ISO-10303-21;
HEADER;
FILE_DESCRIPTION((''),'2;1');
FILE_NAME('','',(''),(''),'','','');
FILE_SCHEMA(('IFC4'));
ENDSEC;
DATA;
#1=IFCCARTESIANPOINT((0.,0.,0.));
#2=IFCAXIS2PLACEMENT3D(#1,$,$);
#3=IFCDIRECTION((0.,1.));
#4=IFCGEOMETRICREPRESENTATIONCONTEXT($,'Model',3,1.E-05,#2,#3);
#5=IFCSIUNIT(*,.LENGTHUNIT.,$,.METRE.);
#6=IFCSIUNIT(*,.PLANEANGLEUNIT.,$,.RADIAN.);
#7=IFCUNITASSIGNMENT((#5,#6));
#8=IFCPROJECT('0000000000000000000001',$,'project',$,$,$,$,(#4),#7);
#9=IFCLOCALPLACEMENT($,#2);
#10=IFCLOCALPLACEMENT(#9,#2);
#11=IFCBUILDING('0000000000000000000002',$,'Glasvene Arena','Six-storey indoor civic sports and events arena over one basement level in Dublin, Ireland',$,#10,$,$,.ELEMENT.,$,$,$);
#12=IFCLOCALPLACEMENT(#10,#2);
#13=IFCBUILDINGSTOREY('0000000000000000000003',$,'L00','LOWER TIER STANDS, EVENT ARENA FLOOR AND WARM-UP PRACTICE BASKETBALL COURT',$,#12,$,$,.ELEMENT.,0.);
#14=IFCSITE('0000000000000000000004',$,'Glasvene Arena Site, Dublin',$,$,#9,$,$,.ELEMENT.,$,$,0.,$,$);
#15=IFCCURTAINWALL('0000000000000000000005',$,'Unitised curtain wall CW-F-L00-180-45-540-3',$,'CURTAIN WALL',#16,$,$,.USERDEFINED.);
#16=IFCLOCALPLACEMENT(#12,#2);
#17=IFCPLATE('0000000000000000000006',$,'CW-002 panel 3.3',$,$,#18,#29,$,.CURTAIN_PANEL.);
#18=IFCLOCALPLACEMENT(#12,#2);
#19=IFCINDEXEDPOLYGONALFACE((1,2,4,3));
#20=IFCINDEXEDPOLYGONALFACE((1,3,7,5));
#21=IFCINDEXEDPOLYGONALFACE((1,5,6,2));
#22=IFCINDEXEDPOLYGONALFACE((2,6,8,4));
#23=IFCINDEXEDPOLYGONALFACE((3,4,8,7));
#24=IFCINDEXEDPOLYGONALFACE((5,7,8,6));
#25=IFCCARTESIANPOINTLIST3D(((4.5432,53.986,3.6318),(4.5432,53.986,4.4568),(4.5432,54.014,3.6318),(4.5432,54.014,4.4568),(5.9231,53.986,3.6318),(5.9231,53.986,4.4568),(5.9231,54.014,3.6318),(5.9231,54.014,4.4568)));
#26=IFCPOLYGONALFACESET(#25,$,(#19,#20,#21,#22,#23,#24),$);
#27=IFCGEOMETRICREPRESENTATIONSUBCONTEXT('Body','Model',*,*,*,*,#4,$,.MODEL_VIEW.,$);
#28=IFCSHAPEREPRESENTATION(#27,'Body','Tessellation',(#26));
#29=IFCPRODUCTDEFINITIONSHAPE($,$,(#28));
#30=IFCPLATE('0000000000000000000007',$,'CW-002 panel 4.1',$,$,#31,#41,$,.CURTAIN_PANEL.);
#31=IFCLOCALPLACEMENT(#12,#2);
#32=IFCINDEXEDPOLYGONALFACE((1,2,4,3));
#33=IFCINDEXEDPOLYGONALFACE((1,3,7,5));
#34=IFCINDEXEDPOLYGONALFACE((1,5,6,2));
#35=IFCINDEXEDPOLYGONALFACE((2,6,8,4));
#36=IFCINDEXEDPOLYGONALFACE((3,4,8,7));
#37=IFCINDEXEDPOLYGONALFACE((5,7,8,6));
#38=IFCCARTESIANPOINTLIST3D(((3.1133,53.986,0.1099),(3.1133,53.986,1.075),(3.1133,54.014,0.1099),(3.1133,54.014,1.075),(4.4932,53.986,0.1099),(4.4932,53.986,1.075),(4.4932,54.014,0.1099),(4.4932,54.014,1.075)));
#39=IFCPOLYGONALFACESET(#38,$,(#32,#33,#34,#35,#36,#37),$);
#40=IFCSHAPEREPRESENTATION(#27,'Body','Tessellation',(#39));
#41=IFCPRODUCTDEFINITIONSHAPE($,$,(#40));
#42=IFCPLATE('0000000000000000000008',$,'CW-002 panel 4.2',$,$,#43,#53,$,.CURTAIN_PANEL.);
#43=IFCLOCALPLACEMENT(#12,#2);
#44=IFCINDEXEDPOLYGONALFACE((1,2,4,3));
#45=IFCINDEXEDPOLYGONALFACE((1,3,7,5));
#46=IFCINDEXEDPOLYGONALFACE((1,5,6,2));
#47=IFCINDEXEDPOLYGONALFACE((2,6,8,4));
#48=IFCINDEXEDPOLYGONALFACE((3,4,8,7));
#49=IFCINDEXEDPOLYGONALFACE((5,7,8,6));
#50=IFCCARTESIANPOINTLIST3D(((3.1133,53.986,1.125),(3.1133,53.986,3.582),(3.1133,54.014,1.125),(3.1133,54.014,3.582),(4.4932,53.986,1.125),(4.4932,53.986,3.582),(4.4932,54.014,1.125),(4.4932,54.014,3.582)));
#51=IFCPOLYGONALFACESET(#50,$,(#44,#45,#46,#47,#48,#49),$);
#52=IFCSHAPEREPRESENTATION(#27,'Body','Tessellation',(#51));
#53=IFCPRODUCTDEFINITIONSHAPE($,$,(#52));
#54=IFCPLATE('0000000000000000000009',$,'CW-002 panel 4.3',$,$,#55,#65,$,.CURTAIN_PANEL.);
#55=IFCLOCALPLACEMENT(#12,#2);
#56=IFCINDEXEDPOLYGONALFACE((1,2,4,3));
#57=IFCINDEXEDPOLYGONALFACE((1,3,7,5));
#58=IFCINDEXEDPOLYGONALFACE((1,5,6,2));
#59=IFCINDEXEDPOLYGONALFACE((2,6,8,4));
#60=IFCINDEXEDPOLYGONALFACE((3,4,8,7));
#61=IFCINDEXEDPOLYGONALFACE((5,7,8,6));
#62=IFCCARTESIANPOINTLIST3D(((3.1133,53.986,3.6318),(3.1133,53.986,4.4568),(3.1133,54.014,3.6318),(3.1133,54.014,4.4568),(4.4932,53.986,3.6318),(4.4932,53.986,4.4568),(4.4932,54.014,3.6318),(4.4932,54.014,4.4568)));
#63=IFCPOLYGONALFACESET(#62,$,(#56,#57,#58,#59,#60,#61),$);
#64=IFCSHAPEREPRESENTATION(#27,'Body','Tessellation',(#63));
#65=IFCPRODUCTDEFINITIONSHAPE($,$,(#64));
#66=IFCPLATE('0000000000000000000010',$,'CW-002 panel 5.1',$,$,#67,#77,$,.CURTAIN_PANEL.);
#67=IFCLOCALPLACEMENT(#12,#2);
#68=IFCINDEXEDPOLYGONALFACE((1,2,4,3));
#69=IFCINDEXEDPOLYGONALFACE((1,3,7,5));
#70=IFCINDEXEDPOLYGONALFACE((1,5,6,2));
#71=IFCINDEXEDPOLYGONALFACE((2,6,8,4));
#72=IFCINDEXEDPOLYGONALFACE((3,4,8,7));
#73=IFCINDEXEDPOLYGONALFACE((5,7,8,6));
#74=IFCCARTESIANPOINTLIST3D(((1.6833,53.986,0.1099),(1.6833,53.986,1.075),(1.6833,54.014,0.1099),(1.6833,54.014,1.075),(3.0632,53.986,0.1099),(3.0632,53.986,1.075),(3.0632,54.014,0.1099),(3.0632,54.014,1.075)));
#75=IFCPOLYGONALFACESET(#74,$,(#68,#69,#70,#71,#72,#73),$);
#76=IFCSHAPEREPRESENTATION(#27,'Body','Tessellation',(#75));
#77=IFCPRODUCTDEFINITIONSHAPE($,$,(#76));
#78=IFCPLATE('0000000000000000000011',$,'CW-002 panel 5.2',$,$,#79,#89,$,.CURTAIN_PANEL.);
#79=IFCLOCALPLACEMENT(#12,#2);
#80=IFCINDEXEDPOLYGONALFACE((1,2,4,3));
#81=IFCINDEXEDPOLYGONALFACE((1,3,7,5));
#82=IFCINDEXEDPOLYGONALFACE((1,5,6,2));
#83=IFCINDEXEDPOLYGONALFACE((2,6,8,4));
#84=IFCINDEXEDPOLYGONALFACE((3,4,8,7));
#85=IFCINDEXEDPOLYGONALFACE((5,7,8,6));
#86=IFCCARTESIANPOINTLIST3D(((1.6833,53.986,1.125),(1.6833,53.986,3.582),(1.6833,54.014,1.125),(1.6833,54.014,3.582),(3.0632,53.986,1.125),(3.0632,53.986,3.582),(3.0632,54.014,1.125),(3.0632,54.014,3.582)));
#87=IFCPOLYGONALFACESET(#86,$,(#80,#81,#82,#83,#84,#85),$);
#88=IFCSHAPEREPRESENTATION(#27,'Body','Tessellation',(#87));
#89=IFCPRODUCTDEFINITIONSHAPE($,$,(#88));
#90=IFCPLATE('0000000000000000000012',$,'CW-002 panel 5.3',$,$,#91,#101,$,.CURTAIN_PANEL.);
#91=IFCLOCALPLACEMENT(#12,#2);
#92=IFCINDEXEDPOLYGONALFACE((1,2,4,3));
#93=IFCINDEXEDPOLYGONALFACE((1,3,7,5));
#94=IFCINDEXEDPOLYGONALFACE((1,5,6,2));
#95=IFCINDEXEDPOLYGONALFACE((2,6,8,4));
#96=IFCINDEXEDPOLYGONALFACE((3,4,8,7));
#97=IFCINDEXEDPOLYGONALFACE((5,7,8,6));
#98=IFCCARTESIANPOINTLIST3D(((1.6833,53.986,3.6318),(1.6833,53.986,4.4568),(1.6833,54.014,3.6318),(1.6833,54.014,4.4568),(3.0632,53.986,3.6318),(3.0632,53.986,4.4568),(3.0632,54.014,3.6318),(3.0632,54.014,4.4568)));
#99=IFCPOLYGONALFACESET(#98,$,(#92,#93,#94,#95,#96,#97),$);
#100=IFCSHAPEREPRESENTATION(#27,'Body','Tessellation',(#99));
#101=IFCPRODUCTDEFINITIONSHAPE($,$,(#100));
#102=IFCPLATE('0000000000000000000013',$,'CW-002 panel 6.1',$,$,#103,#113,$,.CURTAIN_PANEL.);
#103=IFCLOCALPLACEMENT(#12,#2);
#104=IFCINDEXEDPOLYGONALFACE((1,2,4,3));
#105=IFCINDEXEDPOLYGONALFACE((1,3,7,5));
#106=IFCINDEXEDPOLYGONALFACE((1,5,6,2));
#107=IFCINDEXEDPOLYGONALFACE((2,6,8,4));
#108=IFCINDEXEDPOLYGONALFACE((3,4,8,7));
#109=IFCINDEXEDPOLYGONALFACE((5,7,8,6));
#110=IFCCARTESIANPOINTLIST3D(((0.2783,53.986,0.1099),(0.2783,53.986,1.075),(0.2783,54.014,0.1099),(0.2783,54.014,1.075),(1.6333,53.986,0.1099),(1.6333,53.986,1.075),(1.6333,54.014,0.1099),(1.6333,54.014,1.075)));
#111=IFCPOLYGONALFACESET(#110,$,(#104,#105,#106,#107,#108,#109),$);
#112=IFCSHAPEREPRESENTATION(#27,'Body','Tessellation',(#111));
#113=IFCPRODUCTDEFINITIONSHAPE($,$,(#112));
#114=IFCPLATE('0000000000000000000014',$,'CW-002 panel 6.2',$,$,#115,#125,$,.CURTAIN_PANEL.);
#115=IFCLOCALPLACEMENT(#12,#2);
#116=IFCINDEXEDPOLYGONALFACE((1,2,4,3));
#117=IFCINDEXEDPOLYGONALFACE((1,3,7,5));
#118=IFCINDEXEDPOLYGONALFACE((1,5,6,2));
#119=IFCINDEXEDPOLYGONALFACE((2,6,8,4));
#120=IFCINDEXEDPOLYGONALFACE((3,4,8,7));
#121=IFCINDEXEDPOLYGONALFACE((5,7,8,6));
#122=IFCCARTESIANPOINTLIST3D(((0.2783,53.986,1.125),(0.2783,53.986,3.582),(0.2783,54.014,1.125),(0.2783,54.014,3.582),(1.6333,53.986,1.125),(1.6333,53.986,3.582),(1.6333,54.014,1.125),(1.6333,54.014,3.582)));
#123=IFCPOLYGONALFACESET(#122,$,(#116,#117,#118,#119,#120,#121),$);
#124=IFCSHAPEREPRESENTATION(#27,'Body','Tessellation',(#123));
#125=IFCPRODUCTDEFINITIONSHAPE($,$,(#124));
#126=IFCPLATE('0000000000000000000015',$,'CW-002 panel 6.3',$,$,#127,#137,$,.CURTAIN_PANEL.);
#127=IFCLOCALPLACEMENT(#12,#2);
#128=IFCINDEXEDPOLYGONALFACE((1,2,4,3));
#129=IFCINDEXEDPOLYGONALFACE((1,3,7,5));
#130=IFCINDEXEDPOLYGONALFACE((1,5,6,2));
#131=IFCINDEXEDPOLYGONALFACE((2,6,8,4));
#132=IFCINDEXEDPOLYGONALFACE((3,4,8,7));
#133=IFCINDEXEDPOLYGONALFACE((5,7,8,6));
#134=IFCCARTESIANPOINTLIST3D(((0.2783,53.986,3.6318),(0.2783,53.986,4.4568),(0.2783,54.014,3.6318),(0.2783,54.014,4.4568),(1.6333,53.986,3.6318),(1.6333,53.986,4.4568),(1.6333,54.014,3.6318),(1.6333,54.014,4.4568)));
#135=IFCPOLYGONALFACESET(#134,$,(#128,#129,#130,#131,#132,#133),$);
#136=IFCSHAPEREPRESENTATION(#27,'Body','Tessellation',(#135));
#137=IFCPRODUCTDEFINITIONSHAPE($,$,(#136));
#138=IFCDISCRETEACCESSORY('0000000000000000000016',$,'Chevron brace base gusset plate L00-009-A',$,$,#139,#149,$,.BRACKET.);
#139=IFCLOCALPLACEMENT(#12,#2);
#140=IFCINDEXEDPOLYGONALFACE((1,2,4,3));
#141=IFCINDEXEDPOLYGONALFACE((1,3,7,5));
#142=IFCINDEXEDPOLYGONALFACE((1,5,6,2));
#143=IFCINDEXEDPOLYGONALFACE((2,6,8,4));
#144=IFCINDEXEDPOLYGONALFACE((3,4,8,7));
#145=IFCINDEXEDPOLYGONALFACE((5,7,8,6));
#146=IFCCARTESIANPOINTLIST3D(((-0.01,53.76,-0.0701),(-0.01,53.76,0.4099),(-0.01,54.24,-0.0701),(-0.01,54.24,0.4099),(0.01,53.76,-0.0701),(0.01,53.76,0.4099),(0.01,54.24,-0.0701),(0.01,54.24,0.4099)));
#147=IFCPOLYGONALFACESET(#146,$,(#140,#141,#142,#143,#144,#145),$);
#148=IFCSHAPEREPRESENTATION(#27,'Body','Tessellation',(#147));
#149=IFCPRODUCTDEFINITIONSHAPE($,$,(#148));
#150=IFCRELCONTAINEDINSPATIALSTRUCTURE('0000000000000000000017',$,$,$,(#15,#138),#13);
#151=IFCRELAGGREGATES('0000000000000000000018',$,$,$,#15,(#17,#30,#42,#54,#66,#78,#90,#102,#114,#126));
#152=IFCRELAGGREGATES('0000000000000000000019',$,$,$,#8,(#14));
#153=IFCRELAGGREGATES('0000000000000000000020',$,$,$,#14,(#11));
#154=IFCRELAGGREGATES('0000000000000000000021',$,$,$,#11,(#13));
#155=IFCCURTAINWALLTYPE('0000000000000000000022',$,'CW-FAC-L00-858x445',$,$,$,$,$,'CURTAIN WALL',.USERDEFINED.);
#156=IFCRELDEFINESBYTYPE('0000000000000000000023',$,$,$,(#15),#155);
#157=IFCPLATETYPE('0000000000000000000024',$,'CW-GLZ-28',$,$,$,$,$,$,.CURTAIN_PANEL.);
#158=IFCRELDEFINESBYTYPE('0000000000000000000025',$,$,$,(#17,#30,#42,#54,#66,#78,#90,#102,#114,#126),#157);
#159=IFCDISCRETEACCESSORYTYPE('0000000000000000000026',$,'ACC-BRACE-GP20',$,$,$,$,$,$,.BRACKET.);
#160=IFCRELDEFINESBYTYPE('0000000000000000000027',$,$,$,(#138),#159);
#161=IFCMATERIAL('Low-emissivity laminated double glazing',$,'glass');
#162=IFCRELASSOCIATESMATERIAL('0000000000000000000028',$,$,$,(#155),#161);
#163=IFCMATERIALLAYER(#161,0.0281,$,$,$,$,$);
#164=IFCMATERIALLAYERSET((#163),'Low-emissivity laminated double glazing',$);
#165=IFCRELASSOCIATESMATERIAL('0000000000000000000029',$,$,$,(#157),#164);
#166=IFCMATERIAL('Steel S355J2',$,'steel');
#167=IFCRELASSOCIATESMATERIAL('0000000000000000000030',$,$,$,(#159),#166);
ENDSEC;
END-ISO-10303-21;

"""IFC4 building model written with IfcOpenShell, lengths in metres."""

from ifc_helpers import new_model, si_unit, direction, frame, origin, origin_2d, place, context, subcontext, project, spatial, rectangle, extrude, material, layer, layer_set, type_object, element, aggregate, save


model = new_model("IFC4")

# Units and contexts
model_context = context("Model", 3, precision=1e-05, world=origin(), true_north=direction((0.0, 1.0)))
body_context = subcontext(model_context, "Body", "Model", "MODEL_VIEW")
ifc_project = project(units=[si_unit("LENGTHUNIT", "METRE"), si_unit("PLANEANGLEUNIT", "RADIAN")], contexts=[model_context])

# Site, building, storey
site_placement = place(None, origin())
site = spatial("IfcSite", under=ifc_project, at=site_placement, Name="Glasvene Arena Site, Dublin", CompositionType="ELEMENT", RefElevation=0.0)
building_placement = place(site_placement, origin())
building = spatial("IfcBuilding", under=site, at=building_placement, Name="Glasvene Arena", Description="Six-storey indoor civic sports and events arena over one basement level in Dublin, Ireland", CompositionType="ELEMENT")
storey_placement = place(building_placement, origin())
storey = spatial("IfcBuildingStorey", under=building, at=storey_placement, Name="L00", Description="LOWER TIER STANDS, EVENT ARENA FLOOR AND WARM-UP PRACTICE BASKETBALL COURT", CompositionType="ELEMENT", Elevation=0.0)

# Shared definitions
ifc_material_1 = material(Name="Steel S355J2", Category="steel")

# Curtain wall
ifc_material_2 = material(Name="Low-emissivity laminated double glazing", Category="glass")
curtain_wall_type = type_object("IfcCurtainWallType", Name="CW-FAC-L00-858x445", ElementType="CURTAIN WALL", PredefinedType="USERDEFINED", material=ifc_material_2)
curtain_wall_placement = place(storey_placement, frame((8.8081, 54.0, 0.0)))
curtain_wall = element("IfcCurtainWall", 1, at=curtain_wall_placement, inside=storey, type_object=curtain_wall_type, Name="Unitised curtain wall CW-F-L00-180-45-540-3", ObjectType="CURTAIN WALL", PredefinedType="USERDEFINED")

# Plates
ifc_layer = layer(ifc_material_2, 0.0281)
ifc_layer_set = layer_set([ifc_layer], Name="Low-emissivity laminated double glazing")
plate_type = type_object("IfcPlateType", Name="CW-GLZ-28", PredefinedType="CURTAIN_PANEL", material=ifc_layer_set)
plate_1_placement = place(storey_placement, frame((5.2332, 54.0, 3.6318), z_axis=(0.0, 0.0, 1.0), x_axis=(-1.0, 0.0, 0.0)))
plate_1 = element("IfcPlate", 2, at=plate_1_placement, type_object=plate_type, Name="CW-002 panel 3.3", PredefinedType="CURTAIN_PANEL", context=body_context, shape_type="SweptSolid", body=[
    extrude(rectangle(XDim=1.3799, YDim=0.0281, at=origin_2d()), origin(), (0.0, 0.0, 1.0), 0.825),
])
plate_2_placement = place(storey_placement, frame((3.8032, 54.0, 0.1099), z_axis=(0.0, 0.0, 1.0), x_axis=(-1.0, 0.0, 0.0)))
plate_2 = element("IfcPlate", 3, at=plate_2_placement, type_object=plate_type, Name="CW-002 panel 4.1", PredefinedType="CURTAIN_PANEL", context=body_context, shape_type="SweptSolid", body=[
    extrude(rectangle(XDim=1.3799, YDim=0.0281, at=origin_2d()), origin(), (0.0, 0.0, 1.0), 0.9651),
])
plate_3_placement = place(storey_placement, frame((3.8032, 54.0, 1.125), z_axis=(0.0, 0.0, 1.0), x_axis=(-1.0, 0.0, 0.0)))
plate_3 = element("IfcPlate", 4, at=plate_3_placement, type_object=plate_type, Name="CW-002 panel 4.2", PredefinedType="CURTAIN_PANEL", context=body_context, shape_type="SweptSolid", body=[
    extrude(rectangle(XDim=1.3799, YDim=0.0281, at=origin_2d()), origin(), (0.0, 0.0, 1.0), 2.457),
])
plate_4_placement = place(storey_placement, frame((3.8032, 54.0, 3.6318), z_axis=(0.0, 0.0, 1.0), x_axis=(-1.0, 0.0, 0.0)))
plate_4 = element("IfcPlate", 5, at=plate_4_placement, type_object=plate_type, Name="CW-002 panel 4.3", PredefinedType="CURTAIN_PANEL", context=body_context, shape_type="SweptSolid", body=[
    extrude(rectangle(XDim=1.3799, YDim=0.0281, at=origin_2d()), origin(), (0.0, 0.0, 1.0), 0.825),
])
plate_5_placement = place(storey_placement, frame((2.3733, 54.0, 0.1099), z_axis=(0.0, 0.0, 1.0), x_axis=(-1.0, 0.0, 0.0)))
plate_5 = element("IfcPlate", 6, at=plate_5_placement, type_object=plate_type, Name="CW-002 panel 5.1", PredefinedType="CURTAIN_PANEL", context=body_context, shape_type="SweptSolid", body=[
    extrude(rectangle(XDim=1.3799, YDim=0.0281, at=origin_2d()), origin(), (0.0, 0.0, 1.0), 0.9651),
])
plate_6_placement = place(storey_placement, frame((2.3733, 54.0, 1.125), z_axis=(0.0, 0.0, 1.0), x_axis=(-1.0, 0.0, 0.0)))
plate_6 = element("IfcPlate", 7, at=plate_6_placement, type_object=plate_type, Name="CW-002 panel 5.2", PredefinedType="CURTAIN_PANEL", context=body_context, shape_type="SweptSolid", body=[
    extrude(rectangle(XDim=1.3799, YDim=0.0281, at=origin_2d()), origin(), (0.0, 0.0, 1.0), 2.457),
])
plate_7_placement = place(storey_placement, frame((2.3733, 54.0, 3.6318), z_axis=(0.0, 0.0, 1.0), x_axis=(-1.0, 0.0, 0.0)))
plate_7 = element("IfcPlate", 8, at=plate_7_placement, type_object=plate_type, Name="CW-002 panel 5.3", PredefinedType="CURTAIN_PANEL", context=body_context, shape_type="SweptSolid", body=[
    extrude(rectangle(XDim=1.3799, YDim=0.0281, at=origin_2d()), origin(), (0.0, 0.0, 1.0), 0.825),
])
plate_8_placement = place(storey_placement, frame((0.9558, 54.0, 0.1099), z_axis=(0.0, 0.0, 1.0), x_axis=(-1.0, 0.0, 0.0)))
plate_8 = element("IfcPlate", 9, at=plate_8_placement, type_object=plate_type, Name="CW-002 panel 6.1", PredefinedType="CURTAIN_PANEL", context=body_context, shape_type="SweptSolid", body=[
    extrude(rectangle(XDim=1.355, YDim=0.0281, at=origin_2d()), origin(), (0.0, 0.0, 1.0), 0.9651),
])
plate_9_placement = place(storey_placement, frame((0.9558, 54.0, 1.125), z_axis=(0.0, 0.0, 1.0), x_axis=(-1.0, 0.0, 0.0)))
plate_9 = element("IfcPlate", 10, at=plate_9_placement, type_object=plate_type, Name="CW-002 panel 6.2", PredefinedType="CURTAIN_PANEL", context=body_context, shape_type="SweptSolid", body=[
    extrude(rectangle(XDim=1.355, YDim=0.0281, at=origin_2d()), origin(), (0.0, 0.0, 1.0), 2.457),
])
plate_10_placement = place(storey_placement, frame((0.9558, 54.0, 3.6318), z_axis=(0.0, 0.0, 1.0), x_axis=(-1.0, 0.0, 0.0)))
plate_10 = element("IfcPlate", 11, at=plate_10_placement, type_object=plate_type, Name="CW-002 panel 6.3", PredefinedType="CURTAIN_PANEL", context=body_context, shape_type="SweptSolid", body=[
    extrude(rectangle(XDim=1.355, YDim=0.0281, at=origin_2d()), origin(), (0.0, 0.0, 1.0), 0.825),
])
aggregate(curtain_wall, [plate_1, plate_2, plate_3, plate_4, plate_5, plate_6, plate_7, plate_8, plate_9, plate_10])

# Discrete accessory
discrete_accessory_type = type_object("IfcDiscreteAccessoryType", Name="ACC-BRACE-GP20", PredefinedType="BRACKET", material=ifc_material_1)
discrete_accessory_placement = place(storey_placement, frame((0.0, 54.0, -0.0701), z_axis=(0.0, 0.0, 1.0), x_axis=(1.0, 0.0, 0.0)))
element("IfcDiscreteAccessory", 12, at=discrete_accessory_placement, inside=storey, type_object=discrete_accessory_type, Name="Chevron brace base gusset plate L00-009-A", PredefinedType="BRACKET", context=body_context, shape_type="SweptSolid", body=[
    extrude(rectangle(XDim=0.02, YDim=0.48, at=origin_2d()), origin(), (0.0, 0.0, 1.0), 0.48),
])

save(model, "model.ifc")
